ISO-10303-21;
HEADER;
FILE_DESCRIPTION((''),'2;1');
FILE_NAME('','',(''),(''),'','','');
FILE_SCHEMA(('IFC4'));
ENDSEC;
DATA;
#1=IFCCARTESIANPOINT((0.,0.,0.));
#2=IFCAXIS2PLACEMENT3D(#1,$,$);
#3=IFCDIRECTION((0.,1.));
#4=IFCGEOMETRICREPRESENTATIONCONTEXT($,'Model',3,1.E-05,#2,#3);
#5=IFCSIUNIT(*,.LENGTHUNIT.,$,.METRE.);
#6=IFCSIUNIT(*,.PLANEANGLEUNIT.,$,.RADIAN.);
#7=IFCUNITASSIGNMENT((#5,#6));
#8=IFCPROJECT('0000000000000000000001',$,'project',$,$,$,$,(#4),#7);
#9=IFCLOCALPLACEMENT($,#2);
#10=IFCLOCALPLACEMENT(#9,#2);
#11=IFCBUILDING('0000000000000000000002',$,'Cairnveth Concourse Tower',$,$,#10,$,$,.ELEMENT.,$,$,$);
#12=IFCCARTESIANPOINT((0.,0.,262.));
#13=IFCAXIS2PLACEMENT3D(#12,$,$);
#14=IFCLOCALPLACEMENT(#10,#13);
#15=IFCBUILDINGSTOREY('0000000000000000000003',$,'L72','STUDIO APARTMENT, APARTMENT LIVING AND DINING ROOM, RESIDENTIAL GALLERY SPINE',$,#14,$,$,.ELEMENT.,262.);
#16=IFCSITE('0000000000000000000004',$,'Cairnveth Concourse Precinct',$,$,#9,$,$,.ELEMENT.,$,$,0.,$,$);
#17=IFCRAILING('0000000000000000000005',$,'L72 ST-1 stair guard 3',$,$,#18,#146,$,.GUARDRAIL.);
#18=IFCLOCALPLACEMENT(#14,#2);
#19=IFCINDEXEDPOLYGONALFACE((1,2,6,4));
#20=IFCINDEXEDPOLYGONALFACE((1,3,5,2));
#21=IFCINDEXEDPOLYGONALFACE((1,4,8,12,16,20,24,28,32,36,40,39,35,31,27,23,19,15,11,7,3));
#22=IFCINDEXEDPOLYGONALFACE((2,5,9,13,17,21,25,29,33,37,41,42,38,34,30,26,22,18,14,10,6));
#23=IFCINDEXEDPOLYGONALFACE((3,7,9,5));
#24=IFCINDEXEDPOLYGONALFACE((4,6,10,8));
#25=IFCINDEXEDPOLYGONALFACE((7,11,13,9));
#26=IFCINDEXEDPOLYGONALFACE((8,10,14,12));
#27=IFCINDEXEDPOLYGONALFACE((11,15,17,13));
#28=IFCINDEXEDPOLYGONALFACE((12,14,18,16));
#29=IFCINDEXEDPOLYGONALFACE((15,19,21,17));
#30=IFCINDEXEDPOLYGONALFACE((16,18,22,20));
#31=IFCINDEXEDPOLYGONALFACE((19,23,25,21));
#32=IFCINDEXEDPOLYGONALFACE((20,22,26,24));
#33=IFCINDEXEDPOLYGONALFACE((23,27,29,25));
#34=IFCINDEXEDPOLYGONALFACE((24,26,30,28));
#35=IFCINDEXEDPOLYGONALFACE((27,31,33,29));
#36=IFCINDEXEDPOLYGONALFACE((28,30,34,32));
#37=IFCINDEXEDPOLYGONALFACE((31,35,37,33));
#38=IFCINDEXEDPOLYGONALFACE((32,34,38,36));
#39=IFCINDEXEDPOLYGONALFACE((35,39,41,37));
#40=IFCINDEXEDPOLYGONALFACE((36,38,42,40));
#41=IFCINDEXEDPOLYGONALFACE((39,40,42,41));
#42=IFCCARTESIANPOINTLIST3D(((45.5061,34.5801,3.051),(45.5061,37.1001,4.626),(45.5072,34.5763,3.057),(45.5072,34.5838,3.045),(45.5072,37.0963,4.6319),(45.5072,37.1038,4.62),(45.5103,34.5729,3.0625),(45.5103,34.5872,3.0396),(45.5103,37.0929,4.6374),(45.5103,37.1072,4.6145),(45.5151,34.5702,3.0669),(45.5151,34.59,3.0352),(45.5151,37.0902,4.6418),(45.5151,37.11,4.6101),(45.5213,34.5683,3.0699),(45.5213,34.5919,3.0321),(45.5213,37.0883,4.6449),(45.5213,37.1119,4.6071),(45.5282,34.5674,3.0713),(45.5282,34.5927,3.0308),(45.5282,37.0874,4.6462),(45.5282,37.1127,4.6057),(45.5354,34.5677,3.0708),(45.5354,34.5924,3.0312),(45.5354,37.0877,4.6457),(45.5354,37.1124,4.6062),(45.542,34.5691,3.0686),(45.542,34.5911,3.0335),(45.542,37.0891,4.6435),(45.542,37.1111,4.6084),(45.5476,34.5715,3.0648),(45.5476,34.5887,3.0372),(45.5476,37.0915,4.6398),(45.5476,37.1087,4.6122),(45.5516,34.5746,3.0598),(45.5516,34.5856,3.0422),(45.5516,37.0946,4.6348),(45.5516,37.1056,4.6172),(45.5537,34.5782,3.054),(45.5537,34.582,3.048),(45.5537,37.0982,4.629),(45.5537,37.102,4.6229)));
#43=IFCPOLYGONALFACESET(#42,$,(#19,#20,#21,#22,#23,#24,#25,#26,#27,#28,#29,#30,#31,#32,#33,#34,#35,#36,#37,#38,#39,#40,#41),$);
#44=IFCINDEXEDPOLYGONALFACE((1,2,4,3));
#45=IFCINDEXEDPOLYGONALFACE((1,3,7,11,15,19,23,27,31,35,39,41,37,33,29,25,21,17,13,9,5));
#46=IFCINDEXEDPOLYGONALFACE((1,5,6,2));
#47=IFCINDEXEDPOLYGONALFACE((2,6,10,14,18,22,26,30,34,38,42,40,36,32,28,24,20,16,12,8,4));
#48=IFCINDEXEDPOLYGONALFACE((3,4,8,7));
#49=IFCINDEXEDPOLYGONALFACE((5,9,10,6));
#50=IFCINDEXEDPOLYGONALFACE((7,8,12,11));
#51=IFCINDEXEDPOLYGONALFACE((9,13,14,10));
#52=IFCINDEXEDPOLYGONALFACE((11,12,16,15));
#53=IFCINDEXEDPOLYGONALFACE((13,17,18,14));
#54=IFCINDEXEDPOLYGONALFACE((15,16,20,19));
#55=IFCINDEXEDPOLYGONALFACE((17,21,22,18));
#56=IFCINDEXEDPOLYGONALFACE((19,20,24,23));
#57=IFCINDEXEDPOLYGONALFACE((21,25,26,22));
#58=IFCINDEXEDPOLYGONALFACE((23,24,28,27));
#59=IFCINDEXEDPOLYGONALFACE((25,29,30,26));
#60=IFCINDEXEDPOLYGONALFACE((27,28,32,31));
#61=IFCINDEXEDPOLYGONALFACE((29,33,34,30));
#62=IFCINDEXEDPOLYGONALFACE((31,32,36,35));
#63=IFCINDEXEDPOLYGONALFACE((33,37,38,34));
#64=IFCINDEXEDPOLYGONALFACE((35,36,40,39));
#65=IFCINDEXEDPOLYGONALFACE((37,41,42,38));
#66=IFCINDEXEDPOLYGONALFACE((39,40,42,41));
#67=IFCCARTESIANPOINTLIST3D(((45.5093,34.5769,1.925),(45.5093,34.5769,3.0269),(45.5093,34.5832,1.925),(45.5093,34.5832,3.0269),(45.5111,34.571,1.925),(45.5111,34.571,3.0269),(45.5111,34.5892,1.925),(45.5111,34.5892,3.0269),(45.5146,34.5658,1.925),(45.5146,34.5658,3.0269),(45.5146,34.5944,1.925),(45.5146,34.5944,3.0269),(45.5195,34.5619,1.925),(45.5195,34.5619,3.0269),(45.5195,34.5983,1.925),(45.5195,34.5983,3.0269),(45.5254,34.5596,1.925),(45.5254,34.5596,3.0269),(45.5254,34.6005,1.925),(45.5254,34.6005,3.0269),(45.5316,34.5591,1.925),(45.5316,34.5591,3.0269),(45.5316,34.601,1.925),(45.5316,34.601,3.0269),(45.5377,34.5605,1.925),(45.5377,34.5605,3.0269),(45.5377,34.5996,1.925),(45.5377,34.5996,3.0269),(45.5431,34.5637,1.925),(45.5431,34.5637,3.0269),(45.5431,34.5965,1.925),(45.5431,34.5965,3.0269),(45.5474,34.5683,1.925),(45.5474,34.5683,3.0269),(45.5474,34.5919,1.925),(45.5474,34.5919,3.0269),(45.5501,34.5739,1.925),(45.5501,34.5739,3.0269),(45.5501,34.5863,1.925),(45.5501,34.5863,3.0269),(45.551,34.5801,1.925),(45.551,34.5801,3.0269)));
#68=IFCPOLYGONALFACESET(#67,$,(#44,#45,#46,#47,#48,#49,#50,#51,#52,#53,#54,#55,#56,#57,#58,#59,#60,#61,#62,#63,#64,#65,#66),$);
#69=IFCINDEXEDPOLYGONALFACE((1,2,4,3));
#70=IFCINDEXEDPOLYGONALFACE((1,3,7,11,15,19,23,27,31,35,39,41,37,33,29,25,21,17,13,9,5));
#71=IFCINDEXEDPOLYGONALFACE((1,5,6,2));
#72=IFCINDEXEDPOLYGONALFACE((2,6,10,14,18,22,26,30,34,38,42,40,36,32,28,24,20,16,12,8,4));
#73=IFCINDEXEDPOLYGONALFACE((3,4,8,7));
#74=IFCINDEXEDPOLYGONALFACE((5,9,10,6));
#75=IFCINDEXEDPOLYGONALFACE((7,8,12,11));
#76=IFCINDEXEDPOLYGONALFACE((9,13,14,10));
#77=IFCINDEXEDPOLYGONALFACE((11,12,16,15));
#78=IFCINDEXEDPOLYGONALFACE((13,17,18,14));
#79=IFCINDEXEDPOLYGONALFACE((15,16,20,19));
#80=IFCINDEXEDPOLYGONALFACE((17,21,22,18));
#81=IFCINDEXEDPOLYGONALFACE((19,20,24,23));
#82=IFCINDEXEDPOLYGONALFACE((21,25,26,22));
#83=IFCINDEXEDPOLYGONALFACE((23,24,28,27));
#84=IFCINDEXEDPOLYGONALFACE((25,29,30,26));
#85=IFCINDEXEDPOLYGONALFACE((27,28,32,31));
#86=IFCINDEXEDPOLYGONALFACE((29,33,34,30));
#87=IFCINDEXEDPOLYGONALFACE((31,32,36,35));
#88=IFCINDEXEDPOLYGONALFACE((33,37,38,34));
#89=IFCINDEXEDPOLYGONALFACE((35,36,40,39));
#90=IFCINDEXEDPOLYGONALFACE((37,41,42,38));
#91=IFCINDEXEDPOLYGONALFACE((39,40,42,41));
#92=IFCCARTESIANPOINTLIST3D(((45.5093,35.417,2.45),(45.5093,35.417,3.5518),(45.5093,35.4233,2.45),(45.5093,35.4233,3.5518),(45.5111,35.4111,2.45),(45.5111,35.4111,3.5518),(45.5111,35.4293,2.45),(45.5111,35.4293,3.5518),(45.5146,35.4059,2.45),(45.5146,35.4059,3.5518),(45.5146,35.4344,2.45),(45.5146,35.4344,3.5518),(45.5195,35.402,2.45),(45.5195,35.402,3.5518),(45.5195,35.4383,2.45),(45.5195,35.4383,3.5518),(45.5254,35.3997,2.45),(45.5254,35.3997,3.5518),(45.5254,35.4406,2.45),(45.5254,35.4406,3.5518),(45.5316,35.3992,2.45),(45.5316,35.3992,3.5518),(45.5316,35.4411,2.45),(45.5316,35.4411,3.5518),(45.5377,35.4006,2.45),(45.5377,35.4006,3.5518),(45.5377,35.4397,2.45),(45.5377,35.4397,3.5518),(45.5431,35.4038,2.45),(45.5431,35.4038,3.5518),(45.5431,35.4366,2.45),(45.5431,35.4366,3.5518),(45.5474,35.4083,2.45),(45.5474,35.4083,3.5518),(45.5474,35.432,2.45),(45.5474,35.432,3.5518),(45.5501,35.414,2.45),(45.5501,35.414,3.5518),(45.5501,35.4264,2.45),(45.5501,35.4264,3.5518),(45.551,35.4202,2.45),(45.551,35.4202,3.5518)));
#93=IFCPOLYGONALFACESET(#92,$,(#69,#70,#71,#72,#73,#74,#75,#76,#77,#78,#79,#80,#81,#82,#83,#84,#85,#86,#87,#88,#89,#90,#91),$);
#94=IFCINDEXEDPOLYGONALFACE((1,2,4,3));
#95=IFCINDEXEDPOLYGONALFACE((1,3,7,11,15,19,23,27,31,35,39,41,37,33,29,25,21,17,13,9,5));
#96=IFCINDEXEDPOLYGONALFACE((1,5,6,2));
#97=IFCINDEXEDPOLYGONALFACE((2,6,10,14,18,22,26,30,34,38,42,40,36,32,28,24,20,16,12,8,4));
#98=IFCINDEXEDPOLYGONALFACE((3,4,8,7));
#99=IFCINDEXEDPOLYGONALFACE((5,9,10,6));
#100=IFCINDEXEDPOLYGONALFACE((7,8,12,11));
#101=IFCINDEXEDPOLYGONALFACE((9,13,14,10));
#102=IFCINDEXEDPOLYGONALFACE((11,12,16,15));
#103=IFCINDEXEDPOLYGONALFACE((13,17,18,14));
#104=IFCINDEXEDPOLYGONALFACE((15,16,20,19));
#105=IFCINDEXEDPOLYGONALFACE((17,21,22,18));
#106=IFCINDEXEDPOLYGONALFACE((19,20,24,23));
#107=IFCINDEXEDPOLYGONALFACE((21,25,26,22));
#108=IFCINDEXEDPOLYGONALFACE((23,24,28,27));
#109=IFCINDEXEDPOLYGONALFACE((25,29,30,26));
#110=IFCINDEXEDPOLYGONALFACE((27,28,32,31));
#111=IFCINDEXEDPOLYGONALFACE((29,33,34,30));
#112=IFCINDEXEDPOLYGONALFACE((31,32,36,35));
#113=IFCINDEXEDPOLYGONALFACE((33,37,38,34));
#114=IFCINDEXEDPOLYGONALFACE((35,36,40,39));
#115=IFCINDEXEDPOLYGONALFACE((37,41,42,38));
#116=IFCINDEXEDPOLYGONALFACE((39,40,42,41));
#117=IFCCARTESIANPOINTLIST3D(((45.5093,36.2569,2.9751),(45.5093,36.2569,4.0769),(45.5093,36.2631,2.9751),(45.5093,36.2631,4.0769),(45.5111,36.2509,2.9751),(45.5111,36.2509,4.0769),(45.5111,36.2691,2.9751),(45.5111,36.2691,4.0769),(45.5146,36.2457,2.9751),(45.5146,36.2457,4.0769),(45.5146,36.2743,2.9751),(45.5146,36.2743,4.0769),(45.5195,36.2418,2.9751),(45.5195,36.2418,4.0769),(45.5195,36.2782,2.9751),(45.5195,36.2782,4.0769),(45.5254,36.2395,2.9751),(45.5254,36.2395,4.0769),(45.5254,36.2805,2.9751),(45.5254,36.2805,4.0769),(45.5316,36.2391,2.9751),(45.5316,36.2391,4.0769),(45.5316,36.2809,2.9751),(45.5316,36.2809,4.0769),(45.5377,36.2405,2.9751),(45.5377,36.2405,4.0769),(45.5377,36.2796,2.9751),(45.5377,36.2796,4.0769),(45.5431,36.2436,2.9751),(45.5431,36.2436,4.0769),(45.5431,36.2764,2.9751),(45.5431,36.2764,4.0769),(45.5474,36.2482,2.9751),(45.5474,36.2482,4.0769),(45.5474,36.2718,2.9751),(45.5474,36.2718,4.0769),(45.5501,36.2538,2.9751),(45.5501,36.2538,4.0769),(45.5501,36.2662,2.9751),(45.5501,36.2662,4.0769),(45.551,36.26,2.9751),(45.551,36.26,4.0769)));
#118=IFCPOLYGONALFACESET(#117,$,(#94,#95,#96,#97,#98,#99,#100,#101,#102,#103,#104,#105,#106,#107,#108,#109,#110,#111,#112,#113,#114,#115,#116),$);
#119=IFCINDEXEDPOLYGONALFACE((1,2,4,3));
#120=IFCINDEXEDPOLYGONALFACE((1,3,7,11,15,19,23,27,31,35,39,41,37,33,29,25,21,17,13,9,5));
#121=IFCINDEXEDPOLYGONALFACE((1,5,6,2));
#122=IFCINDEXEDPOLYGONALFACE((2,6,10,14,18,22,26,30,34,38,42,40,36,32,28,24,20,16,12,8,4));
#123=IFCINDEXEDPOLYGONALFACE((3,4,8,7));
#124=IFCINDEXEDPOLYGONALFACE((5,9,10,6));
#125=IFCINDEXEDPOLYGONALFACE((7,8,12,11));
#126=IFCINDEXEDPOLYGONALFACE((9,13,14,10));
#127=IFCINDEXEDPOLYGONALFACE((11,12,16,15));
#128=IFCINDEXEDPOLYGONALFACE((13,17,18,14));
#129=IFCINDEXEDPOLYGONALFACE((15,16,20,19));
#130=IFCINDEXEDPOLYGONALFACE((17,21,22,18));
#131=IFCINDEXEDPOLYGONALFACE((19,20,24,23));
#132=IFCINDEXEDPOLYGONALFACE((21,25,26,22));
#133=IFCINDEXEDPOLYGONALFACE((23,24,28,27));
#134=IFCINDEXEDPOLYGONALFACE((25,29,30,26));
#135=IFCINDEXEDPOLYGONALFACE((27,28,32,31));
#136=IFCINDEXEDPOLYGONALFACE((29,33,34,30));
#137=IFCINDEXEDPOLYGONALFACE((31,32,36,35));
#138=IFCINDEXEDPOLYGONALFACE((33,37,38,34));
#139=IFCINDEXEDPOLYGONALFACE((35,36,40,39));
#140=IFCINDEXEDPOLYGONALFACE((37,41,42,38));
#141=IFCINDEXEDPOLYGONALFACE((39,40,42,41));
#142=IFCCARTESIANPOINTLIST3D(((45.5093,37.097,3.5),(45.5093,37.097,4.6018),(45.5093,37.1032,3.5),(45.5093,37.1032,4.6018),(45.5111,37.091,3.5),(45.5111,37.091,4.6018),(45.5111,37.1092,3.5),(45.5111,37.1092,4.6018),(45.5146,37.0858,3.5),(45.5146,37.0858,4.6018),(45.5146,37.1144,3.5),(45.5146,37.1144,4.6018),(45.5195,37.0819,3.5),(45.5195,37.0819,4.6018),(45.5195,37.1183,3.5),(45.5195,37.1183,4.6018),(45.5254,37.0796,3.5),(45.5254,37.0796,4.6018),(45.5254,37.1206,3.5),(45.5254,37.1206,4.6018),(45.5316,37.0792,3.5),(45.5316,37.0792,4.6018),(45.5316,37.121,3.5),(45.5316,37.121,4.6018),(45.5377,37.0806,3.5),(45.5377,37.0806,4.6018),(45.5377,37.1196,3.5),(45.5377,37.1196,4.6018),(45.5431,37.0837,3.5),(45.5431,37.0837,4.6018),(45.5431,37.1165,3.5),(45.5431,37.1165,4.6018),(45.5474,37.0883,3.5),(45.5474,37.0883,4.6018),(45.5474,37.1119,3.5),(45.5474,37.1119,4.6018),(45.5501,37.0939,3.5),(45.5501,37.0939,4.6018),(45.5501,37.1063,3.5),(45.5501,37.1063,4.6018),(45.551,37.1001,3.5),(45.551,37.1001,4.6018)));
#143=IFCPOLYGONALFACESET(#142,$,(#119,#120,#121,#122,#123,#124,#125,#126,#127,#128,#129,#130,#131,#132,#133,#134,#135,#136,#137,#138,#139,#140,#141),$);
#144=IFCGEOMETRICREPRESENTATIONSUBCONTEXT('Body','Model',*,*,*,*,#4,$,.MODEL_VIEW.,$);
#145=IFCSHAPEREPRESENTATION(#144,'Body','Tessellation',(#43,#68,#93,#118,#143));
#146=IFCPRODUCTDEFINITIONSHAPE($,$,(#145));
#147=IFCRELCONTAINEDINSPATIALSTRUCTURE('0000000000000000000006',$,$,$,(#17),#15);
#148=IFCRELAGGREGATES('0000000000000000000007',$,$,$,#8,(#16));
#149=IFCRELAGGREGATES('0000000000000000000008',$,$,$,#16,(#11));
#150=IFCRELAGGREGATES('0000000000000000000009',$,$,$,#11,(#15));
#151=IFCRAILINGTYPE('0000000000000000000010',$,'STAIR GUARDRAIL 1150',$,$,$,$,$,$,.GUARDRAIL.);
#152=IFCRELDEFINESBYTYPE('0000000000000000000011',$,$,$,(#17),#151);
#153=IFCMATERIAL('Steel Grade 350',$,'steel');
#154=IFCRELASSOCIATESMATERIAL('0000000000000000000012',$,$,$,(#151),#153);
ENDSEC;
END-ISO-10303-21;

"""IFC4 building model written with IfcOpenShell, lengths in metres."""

from ifc_helpers import new_model, si_unit, direction, frame, origin, origin_2d, place, context, subcontext, project, spatial, circle, extrude, material, type_object, element, save


model = new_model("IFC4")

# Units and contexts
model_context = context("Model", 3, precision=1e-05, world=origin(), true_north=direction((0.0, 1.0)))
body_context = subcontext(model_context, "Body", "Model", "MODEL_VIEW")
ifc_project = project(units=[si_unit("LENGTHUNIT", "METRE"), si_unit("PLANEANGLEUNIT", "RADIAN")], contexts=[model_context])

# Site, building, storey
site_placement = place(None, origin())
site = spatial("IfcSite", under=ifc_project, at=site_placement, Name="Cairnveth Concourse Precinct", CompositionType="ELEMENT", RefElevation=0.0)
building_placement = place(site_placement, origin())
building = spatial("IfcBuilding", under=site, at=building_placement, Name="Cairnveth Concourse Tower", CompositionType="ELEMENT")
storey_placement = place(building_placement, frame((0.0, 0.0, 262.0)))
storey = spatial("IfcBuildingStorey", under=building, at=storey_placement, Name="L72", Description="STUDIO APARTMENT, APARTMENT LIVING AND DINING ROOM, RESIDENTIAL GALLERY SPINE", CompositionType="ELEMENT", Elevation=262.0)

# Railing
ifc_material_1 = material(Name="Steel Grade 350", Category="steel")
railing_type = type_object("IfcRailingType", Name="STAIR GUARDRAIL 1150", PredefinedType="GUARDRAIL", material=ifc_material_1)
railing_1_placement = place(storey_placement, frame((45.53, 34.5801, 1.925)))
element("IfcRailing", 1, at=railing_1_placement, inside=storey, type_object=railing_type, Name="L72 ST-1 stair guard 3", PredefinedType="GUARDRAIL", context=body_context, shape_type="SweptSolid", body=[
    extrude(circle(Radius=0.0239, at=origin_2d()), frame((0.0, 0.0, 1.126), z_axis=(0.0, 0.848008, 0.529984), x_axis=(-1.0, 0.0, 0.0)), (0.0, 0.0, 1.0), 2.9717),
    extrude(circle(Radius=0.021, at=origin_2d()), origin(), (0.0, 0.0, 1.0), 1.1018),
    extrude(circle(Radius=0.021, at=origin_2d()), frame((0.0, 0.8401, 0.5249)), (0.0, 0.0, 1.0), 1.1018),
    extrude(circle(Radius=0.021, at=origin_2d()), frame((0.0, 1.6799, 1.05)), (0.0, 0.0, 1.0), 1.1018),
    extrude(circle(Radius=0.021, at=origin_2d()), frame((0.0, 2.52, 1.575)), (0.0, 0.0, 1.0), 1.1018),
])

save(model, "model.ifc")
